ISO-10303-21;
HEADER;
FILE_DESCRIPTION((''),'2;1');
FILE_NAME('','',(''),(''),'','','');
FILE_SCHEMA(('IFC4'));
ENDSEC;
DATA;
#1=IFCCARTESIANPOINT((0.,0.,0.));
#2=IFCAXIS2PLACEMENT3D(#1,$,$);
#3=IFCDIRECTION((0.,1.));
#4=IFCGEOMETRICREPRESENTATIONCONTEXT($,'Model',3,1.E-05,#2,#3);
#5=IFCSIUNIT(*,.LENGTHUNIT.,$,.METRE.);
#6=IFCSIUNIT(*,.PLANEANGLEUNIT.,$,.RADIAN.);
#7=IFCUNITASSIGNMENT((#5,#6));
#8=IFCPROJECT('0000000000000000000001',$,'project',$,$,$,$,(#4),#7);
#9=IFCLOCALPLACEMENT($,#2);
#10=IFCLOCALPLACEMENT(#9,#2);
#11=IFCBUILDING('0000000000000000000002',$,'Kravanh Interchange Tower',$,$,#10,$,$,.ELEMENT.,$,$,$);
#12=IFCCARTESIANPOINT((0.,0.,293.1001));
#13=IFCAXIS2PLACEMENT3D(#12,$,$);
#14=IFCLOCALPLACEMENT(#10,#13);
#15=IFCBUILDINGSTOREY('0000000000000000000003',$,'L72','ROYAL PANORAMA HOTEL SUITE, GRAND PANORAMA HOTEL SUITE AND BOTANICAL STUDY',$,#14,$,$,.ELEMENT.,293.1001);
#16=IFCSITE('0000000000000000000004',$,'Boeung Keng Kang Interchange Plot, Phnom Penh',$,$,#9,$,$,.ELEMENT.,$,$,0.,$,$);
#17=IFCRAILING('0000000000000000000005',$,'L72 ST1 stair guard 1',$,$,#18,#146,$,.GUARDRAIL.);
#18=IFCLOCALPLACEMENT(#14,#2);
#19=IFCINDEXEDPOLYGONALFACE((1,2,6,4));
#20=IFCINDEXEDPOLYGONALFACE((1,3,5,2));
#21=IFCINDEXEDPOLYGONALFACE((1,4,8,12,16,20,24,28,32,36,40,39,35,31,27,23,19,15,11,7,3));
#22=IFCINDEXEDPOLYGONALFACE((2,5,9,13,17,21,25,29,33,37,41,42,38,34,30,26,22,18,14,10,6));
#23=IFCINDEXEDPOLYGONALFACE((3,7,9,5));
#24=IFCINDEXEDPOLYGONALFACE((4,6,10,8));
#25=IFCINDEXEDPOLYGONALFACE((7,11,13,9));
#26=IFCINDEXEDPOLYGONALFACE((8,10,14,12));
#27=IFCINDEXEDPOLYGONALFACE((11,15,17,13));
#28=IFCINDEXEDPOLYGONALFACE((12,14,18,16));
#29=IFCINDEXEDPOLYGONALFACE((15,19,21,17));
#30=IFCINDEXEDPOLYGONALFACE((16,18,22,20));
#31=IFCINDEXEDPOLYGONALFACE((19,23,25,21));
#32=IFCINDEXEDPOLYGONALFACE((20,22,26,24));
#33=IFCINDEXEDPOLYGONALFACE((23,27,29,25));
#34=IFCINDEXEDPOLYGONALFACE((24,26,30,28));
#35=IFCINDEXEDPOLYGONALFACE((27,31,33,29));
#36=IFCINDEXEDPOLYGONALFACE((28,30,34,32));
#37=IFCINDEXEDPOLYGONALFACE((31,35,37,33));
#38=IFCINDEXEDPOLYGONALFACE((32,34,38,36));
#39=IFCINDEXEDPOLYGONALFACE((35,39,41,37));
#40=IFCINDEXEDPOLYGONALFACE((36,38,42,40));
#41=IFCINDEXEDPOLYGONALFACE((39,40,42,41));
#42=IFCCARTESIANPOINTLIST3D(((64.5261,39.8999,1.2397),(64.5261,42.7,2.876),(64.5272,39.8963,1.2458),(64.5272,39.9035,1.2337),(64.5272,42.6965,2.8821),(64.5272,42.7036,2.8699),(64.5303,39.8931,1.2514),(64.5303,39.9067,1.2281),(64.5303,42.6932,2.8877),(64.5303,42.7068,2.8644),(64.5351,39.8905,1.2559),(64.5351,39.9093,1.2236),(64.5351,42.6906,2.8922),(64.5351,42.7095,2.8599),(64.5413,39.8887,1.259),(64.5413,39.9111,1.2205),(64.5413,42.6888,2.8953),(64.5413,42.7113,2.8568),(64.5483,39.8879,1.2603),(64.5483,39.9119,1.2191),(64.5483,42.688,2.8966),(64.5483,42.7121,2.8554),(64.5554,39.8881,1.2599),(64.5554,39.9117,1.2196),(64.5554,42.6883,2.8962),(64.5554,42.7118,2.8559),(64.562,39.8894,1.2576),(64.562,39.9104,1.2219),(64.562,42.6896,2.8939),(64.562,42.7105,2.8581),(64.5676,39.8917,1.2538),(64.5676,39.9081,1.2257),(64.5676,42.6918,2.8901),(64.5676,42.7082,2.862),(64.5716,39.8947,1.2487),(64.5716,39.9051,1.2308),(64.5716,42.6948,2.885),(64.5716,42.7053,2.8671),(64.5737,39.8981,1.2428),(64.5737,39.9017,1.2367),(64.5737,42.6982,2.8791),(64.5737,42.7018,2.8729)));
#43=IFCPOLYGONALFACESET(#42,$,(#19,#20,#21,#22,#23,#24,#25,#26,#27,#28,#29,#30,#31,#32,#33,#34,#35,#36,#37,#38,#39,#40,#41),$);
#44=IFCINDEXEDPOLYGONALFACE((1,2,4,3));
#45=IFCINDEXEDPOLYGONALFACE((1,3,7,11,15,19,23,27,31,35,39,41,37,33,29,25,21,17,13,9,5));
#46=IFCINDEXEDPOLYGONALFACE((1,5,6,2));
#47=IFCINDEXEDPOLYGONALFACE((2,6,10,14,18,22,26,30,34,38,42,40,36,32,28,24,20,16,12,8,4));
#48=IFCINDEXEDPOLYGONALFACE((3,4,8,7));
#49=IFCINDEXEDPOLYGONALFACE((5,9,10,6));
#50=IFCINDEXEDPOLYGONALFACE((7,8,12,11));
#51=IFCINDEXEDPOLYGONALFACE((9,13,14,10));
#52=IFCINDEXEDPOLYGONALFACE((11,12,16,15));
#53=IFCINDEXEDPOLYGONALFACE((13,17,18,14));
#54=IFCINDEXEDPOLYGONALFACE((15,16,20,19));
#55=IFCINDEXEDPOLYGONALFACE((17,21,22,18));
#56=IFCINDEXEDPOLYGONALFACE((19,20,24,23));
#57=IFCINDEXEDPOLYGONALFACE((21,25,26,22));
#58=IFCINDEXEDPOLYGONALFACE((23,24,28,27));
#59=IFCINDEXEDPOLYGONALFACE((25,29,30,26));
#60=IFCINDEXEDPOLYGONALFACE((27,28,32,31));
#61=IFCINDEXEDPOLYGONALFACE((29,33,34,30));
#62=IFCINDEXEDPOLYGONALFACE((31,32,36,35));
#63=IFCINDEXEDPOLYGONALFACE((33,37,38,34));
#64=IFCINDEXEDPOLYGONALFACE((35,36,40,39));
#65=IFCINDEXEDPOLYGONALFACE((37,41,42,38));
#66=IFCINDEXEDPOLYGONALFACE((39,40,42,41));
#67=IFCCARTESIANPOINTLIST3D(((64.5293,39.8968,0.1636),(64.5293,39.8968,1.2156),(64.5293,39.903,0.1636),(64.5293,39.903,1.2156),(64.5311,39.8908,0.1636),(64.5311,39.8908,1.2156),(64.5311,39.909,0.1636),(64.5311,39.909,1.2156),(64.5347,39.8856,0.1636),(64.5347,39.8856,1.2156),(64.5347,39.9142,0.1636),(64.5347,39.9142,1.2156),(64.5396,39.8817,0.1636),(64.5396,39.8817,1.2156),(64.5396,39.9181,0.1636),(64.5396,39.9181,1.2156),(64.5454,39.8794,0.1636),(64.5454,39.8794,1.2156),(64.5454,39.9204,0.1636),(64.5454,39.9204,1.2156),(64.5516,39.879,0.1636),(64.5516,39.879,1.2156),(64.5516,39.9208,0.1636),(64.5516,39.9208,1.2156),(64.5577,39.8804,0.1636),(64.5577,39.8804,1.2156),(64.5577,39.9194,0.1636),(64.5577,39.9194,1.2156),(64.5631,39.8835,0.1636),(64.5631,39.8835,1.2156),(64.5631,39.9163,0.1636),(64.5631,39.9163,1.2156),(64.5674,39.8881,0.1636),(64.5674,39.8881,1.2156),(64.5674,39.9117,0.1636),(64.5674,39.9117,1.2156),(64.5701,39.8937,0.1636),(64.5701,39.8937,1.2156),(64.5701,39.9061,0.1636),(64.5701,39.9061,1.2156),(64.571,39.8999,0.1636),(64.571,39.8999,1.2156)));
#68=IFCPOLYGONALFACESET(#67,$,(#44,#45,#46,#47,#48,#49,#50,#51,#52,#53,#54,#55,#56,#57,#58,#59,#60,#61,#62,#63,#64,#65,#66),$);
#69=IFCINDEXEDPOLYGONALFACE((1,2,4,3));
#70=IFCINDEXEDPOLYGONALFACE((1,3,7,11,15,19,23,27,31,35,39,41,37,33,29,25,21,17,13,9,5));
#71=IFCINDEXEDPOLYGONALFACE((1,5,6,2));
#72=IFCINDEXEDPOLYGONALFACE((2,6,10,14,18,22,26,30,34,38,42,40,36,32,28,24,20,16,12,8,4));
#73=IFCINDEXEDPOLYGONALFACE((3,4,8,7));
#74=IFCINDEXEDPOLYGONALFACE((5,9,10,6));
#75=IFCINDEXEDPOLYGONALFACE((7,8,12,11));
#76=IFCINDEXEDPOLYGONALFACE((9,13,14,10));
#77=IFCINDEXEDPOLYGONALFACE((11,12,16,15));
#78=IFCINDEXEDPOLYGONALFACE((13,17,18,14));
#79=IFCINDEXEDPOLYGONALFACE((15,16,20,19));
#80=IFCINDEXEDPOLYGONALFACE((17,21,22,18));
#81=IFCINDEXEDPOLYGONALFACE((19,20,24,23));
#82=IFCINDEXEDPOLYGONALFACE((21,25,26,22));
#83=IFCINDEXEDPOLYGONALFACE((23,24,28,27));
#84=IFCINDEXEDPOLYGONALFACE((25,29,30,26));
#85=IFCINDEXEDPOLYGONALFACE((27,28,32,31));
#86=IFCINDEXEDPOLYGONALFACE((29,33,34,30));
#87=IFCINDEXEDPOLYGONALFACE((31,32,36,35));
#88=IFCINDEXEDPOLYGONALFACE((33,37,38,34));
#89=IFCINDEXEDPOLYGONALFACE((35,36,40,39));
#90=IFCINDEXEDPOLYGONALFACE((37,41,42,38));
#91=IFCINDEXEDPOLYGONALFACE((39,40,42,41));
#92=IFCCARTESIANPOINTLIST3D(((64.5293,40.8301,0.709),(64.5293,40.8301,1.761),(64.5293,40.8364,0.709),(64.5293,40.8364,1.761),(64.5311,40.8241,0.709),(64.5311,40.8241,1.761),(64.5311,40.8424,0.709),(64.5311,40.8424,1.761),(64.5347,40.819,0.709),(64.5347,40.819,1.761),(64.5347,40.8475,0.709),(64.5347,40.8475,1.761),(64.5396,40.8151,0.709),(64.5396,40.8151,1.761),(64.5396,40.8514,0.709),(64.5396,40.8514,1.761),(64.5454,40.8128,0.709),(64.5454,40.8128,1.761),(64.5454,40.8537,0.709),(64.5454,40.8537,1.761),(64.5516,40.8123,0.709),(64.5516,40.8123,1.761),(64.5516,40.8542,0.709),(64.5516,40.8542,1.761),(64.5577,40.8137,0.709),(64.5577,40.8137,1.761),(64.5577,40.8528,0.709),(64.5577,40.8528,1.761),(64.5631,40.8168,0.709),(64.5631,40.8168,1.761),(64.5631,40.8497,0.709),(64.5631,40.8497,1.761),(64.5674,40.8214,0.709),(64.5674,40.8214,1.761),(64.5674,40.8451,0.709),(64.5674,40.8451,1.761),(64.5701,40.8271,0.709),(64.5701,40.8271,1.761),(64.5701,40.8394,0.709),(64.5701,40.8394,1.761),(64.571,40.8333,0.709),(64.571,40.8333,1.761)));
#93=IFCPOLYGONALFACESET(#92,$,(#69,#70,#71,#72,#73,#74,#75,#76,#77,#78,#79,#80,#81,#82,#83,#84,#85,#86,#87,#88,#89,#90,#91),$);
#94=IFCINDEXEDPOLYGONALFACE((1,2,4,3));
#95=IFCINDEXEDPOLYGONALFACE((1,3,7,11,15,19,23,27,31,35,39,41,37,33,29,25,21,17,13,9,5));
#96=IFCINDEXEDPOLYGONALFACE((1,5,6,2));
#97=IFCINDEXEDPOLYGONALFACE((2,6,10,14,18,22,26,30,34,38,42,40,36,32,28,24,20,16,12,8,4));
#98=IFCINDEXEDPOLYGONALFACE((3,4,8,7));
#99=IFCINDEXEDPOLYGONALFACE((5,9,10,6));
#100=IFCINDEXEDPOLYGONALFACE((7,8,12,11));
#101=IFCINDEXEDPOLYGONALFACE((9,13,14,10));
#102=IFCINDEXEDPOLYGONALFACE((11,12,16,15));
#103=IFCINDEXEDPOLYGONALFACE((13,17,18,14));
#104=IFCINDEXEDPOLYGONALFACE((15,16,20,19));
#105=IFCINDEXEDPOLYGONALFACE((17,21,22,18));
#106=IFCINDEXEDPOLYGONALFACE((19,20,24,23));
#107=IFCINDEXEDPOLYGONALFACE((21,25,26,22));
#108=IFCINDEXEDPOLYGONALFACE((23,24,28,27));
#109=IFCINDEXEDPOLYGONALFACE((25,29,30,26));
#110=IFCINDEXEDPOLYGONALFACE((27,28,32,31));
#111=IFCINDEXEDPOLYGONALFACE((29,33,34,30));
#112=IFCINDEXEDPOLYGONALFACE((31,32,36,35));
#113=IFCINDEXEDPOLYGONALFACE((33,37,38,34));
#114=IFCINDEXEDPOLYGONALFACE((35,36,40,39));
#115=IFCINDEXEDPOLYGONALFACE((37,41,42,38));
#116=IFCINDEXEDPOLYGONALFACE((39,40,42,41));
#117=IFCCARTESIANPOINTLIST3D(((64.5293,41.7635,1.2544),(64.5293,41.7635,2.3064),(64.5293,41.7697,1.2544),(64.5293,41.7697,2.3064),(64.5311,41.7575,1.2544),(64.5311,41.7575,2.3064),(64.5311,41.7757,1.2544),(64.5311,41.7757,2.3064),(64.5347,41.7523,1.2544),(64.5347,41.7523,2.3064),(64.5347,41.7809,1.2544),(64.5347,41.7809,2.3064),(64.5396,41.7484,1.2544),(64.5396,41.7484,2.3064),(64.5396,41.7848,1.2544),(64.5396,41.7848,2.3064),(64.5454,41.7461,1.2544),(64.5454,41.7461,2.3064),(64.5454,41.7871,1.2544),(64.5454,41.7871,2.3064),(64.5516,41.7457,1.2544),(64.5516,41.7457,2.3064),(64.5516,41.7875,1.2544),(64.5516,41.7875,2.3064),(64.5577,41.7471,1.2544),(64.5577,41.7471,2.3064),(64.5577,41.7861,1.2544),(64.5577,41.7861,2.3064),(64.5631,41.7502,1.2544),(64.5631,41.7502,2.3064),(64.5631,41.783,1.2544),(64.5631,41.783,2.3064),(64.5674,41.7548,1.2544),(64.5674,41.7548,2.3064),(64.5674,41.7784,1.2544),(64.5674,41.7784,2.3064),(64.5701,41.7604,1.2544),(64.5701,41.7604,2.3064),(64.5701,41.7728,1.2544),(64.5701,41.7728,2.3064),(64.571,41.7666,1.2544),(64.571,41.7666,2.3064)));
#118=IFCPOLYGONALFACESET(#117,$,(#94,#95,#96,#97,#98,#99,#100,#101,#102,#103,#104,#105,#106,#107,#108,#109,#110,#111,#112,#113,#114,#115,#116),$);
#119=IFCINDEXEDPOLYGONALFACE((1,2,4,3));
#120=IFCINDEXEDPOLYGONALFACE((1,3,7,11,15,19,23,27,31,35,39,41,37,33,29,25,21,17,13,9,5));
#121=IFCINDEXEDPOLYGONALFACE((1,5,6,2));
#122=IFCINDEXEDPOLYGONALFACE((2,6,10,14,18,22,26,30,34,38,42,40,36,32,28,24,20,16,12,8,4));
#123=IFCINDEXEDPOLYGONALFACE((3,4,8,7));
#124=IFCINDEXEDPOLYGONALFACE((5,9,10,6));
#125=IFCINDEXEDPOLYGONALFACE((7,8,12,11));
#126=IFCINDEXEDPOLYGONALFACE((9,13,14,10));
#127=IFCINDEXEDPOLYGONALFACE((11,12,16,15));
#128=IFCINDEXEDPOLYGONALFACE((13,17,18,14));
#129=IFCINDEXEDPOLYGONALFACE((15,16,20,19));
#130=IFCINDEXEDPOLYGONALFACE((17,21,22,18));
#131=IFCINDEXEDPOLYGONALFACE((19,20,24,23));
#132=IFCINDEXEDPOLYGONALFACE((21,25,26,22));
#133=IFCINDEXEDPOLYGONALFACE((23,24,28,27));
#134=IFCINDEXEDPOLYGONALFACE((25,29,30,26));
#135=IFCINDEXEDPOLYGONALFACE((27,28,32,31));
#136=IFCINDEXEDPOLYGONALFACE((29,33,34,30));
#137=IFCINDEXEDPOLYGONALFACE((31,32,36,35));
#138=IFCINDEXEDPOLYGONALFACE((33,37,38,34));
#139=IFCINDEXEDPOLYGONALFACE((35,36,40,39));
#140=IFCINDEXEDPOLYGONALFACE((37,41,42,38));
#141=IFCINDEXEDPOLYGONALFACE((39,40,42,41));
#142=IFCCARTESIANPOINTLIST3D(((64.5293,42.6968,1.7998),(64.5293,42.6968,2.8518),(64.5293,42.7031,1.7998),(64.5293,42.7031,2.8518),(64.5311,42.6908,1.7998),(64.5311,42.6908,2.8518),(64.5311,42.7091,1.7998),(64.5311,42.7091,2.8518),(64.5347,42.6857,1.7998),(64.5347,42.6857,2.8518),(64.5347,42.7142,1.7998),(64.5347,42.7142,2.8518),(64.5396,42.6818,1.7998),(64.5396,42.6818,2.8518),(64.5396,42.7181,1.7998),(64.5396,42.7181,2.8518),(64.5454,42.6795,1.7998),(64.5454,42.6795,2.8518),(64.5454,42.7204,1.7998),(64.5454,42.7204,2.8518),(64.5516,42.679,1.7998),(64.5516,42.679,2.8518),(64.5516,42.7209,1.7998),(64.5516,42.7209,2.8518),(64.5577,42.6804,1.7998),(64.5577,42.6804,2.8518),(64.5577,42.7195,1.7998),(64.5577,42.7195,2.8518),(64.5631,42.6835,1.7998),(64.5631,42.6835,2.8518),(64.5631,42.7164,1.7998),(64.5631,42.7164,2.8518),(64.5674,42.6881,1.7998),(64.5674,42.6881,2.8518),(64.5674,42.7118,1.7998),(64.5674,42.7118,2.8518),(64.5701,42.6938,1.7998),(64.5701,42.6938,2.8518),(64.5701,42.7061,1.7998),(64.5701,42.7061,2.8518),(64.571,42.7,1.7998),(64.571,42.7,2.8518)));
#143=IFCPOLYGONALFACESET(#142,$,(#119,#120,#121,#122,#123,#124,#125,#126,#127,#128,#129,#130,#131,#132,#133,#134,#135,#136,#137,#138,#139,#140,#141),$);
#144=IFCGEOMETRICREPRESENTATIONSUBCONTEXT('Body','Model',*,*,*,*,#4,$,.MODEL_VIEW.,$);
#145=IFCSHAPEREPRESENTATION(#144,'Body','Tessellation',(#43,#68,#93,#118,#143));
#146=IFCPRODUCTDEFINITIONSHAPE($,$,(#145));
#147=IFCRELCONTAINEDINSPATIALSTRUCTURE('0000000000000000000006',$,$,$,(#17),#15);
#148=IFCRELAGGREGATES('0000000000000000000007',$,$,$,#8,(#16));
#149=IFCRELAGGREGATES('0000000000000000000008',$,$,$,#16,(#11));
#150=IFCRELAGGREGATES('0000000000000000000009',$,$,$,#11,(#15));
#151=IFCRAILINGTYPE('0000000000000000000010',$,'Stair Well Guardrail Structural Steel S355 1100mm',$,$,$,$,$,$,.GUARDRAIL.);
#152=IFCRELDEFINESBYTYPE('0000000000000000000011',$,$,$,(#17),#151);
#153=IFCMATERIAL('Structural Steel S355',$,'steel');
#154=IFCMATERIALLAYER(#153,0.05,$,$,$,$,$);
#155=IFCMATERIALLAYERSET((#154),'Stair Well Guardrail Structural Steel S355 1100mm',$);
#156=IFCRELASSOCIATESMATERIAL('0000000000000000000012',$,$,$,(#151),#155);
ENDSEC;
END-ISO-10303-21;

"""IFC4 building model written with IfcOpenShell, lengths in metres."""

from ifc_helpers import new_model, si_unit, direction, frame, origin, origin_2d, place, context, subcontext, project, spatial, circle, extrude, material, layer, layer_set, type_object, element, save


model = new_model("IFC4")

# Units and contexts
model_context = context("Model", 3, precision=1e-05, world=origin(), true_north=direction((0.0, 1.0)))
body_context = subcontext(model_context, "Body", "Model", "MODEL_VIEW")
ifc_project = project(units=[si_unit("LENGTHUNIT", "METRE"), si_unit("PLANEANGLEUNIT", "RADIAN")], contexts=[model_context])

# Site, building, storey
site_placement = place(None, origin())
site = spatial("IfcSite", under=ifc_project, at=site_placement, Name="Boeung Keng Kang Interchange Plot, Phnom Penh", CompositionType="ELEMENT", RefElevation=0.0)
building_placement = place(site_placement, origin())
building = spatial("IfcBuilding", under=site, at=building_placement, Name="Kravanh Interchange Tower", CompositionType="ELEMENT")
storey_placement = place(building_placement, frame((0.0, 0.0, 293.1001)))
storey = spatial("IfcBuildingStorey", under=building, at=storey_placement, Name="L72", Description="ROYAL PANORAMA HOTEL SUITE, GRAND PANORAMA HOTEL SUITE AND BOTANICAL STUDY", CompositionType="ELEMENT", Elevation=293.1001)

# Railing
ifc_material_1 = material(Name="Structural Steel S355", Category="steel")
ifc_layer_1 = layer(ifc_material_1, 0.05)
ifc_layer_set_1 = layer_set([ifc_layer_1], Name="Stair Well Guardrail Structural Steel S355 1100mm")
railing_type_1 = type_object("IfcRailingType", Name="Stair Well Guardrail Structural Steel S355 1100mm", PredefinedType="GUARDRAIL", material=ifc_layer_set_1)
railing_1_placement = place(storey_placement, frame((64.55, 39.8999, 0.1636)))
element("IfcRailing", 1, at=railing_1_placement, inside=storey, type_object=railing_type_1, Name="L72 ST1 stair guard 1", PredefinedType="GUARDRAIL", context=body_context, shape_type="SweptSolid", body=[
    extrude(circle(Radius=0.0239, at=origin_2d()), frame((0.0, 0.0, 1.0762), z_axis=(0.0, 0.863394, 0.504531), x_axis=(-1.0, 0.0, 0.0)), (0.0, 0.0, 1.0), 3.2432),
    extrude(circle(Radius=0.021, at=origin_2d()), origin(), (0.0, 0.0, 1.0), 1.052),
    extrude(circle(Radius=0.021, at=origin_2d()), frame((0.0, 0.9333, 0.5454)), (0.0, 0.0, 1.0), 1.052),
    extrude(circle(Radius=0.021, at=origin_2d()), frame((0.0, 1.8667, 1.0908)), (0.0, 0.0, 1.0), 1.052),
    extrude(circle(Radius=0.021, at=origin_2d()), frame((0.0, 2.8, 1.6362)), (0.0, 0.0, 1.0), 1.052),
])

save(model, "model.ifc")
